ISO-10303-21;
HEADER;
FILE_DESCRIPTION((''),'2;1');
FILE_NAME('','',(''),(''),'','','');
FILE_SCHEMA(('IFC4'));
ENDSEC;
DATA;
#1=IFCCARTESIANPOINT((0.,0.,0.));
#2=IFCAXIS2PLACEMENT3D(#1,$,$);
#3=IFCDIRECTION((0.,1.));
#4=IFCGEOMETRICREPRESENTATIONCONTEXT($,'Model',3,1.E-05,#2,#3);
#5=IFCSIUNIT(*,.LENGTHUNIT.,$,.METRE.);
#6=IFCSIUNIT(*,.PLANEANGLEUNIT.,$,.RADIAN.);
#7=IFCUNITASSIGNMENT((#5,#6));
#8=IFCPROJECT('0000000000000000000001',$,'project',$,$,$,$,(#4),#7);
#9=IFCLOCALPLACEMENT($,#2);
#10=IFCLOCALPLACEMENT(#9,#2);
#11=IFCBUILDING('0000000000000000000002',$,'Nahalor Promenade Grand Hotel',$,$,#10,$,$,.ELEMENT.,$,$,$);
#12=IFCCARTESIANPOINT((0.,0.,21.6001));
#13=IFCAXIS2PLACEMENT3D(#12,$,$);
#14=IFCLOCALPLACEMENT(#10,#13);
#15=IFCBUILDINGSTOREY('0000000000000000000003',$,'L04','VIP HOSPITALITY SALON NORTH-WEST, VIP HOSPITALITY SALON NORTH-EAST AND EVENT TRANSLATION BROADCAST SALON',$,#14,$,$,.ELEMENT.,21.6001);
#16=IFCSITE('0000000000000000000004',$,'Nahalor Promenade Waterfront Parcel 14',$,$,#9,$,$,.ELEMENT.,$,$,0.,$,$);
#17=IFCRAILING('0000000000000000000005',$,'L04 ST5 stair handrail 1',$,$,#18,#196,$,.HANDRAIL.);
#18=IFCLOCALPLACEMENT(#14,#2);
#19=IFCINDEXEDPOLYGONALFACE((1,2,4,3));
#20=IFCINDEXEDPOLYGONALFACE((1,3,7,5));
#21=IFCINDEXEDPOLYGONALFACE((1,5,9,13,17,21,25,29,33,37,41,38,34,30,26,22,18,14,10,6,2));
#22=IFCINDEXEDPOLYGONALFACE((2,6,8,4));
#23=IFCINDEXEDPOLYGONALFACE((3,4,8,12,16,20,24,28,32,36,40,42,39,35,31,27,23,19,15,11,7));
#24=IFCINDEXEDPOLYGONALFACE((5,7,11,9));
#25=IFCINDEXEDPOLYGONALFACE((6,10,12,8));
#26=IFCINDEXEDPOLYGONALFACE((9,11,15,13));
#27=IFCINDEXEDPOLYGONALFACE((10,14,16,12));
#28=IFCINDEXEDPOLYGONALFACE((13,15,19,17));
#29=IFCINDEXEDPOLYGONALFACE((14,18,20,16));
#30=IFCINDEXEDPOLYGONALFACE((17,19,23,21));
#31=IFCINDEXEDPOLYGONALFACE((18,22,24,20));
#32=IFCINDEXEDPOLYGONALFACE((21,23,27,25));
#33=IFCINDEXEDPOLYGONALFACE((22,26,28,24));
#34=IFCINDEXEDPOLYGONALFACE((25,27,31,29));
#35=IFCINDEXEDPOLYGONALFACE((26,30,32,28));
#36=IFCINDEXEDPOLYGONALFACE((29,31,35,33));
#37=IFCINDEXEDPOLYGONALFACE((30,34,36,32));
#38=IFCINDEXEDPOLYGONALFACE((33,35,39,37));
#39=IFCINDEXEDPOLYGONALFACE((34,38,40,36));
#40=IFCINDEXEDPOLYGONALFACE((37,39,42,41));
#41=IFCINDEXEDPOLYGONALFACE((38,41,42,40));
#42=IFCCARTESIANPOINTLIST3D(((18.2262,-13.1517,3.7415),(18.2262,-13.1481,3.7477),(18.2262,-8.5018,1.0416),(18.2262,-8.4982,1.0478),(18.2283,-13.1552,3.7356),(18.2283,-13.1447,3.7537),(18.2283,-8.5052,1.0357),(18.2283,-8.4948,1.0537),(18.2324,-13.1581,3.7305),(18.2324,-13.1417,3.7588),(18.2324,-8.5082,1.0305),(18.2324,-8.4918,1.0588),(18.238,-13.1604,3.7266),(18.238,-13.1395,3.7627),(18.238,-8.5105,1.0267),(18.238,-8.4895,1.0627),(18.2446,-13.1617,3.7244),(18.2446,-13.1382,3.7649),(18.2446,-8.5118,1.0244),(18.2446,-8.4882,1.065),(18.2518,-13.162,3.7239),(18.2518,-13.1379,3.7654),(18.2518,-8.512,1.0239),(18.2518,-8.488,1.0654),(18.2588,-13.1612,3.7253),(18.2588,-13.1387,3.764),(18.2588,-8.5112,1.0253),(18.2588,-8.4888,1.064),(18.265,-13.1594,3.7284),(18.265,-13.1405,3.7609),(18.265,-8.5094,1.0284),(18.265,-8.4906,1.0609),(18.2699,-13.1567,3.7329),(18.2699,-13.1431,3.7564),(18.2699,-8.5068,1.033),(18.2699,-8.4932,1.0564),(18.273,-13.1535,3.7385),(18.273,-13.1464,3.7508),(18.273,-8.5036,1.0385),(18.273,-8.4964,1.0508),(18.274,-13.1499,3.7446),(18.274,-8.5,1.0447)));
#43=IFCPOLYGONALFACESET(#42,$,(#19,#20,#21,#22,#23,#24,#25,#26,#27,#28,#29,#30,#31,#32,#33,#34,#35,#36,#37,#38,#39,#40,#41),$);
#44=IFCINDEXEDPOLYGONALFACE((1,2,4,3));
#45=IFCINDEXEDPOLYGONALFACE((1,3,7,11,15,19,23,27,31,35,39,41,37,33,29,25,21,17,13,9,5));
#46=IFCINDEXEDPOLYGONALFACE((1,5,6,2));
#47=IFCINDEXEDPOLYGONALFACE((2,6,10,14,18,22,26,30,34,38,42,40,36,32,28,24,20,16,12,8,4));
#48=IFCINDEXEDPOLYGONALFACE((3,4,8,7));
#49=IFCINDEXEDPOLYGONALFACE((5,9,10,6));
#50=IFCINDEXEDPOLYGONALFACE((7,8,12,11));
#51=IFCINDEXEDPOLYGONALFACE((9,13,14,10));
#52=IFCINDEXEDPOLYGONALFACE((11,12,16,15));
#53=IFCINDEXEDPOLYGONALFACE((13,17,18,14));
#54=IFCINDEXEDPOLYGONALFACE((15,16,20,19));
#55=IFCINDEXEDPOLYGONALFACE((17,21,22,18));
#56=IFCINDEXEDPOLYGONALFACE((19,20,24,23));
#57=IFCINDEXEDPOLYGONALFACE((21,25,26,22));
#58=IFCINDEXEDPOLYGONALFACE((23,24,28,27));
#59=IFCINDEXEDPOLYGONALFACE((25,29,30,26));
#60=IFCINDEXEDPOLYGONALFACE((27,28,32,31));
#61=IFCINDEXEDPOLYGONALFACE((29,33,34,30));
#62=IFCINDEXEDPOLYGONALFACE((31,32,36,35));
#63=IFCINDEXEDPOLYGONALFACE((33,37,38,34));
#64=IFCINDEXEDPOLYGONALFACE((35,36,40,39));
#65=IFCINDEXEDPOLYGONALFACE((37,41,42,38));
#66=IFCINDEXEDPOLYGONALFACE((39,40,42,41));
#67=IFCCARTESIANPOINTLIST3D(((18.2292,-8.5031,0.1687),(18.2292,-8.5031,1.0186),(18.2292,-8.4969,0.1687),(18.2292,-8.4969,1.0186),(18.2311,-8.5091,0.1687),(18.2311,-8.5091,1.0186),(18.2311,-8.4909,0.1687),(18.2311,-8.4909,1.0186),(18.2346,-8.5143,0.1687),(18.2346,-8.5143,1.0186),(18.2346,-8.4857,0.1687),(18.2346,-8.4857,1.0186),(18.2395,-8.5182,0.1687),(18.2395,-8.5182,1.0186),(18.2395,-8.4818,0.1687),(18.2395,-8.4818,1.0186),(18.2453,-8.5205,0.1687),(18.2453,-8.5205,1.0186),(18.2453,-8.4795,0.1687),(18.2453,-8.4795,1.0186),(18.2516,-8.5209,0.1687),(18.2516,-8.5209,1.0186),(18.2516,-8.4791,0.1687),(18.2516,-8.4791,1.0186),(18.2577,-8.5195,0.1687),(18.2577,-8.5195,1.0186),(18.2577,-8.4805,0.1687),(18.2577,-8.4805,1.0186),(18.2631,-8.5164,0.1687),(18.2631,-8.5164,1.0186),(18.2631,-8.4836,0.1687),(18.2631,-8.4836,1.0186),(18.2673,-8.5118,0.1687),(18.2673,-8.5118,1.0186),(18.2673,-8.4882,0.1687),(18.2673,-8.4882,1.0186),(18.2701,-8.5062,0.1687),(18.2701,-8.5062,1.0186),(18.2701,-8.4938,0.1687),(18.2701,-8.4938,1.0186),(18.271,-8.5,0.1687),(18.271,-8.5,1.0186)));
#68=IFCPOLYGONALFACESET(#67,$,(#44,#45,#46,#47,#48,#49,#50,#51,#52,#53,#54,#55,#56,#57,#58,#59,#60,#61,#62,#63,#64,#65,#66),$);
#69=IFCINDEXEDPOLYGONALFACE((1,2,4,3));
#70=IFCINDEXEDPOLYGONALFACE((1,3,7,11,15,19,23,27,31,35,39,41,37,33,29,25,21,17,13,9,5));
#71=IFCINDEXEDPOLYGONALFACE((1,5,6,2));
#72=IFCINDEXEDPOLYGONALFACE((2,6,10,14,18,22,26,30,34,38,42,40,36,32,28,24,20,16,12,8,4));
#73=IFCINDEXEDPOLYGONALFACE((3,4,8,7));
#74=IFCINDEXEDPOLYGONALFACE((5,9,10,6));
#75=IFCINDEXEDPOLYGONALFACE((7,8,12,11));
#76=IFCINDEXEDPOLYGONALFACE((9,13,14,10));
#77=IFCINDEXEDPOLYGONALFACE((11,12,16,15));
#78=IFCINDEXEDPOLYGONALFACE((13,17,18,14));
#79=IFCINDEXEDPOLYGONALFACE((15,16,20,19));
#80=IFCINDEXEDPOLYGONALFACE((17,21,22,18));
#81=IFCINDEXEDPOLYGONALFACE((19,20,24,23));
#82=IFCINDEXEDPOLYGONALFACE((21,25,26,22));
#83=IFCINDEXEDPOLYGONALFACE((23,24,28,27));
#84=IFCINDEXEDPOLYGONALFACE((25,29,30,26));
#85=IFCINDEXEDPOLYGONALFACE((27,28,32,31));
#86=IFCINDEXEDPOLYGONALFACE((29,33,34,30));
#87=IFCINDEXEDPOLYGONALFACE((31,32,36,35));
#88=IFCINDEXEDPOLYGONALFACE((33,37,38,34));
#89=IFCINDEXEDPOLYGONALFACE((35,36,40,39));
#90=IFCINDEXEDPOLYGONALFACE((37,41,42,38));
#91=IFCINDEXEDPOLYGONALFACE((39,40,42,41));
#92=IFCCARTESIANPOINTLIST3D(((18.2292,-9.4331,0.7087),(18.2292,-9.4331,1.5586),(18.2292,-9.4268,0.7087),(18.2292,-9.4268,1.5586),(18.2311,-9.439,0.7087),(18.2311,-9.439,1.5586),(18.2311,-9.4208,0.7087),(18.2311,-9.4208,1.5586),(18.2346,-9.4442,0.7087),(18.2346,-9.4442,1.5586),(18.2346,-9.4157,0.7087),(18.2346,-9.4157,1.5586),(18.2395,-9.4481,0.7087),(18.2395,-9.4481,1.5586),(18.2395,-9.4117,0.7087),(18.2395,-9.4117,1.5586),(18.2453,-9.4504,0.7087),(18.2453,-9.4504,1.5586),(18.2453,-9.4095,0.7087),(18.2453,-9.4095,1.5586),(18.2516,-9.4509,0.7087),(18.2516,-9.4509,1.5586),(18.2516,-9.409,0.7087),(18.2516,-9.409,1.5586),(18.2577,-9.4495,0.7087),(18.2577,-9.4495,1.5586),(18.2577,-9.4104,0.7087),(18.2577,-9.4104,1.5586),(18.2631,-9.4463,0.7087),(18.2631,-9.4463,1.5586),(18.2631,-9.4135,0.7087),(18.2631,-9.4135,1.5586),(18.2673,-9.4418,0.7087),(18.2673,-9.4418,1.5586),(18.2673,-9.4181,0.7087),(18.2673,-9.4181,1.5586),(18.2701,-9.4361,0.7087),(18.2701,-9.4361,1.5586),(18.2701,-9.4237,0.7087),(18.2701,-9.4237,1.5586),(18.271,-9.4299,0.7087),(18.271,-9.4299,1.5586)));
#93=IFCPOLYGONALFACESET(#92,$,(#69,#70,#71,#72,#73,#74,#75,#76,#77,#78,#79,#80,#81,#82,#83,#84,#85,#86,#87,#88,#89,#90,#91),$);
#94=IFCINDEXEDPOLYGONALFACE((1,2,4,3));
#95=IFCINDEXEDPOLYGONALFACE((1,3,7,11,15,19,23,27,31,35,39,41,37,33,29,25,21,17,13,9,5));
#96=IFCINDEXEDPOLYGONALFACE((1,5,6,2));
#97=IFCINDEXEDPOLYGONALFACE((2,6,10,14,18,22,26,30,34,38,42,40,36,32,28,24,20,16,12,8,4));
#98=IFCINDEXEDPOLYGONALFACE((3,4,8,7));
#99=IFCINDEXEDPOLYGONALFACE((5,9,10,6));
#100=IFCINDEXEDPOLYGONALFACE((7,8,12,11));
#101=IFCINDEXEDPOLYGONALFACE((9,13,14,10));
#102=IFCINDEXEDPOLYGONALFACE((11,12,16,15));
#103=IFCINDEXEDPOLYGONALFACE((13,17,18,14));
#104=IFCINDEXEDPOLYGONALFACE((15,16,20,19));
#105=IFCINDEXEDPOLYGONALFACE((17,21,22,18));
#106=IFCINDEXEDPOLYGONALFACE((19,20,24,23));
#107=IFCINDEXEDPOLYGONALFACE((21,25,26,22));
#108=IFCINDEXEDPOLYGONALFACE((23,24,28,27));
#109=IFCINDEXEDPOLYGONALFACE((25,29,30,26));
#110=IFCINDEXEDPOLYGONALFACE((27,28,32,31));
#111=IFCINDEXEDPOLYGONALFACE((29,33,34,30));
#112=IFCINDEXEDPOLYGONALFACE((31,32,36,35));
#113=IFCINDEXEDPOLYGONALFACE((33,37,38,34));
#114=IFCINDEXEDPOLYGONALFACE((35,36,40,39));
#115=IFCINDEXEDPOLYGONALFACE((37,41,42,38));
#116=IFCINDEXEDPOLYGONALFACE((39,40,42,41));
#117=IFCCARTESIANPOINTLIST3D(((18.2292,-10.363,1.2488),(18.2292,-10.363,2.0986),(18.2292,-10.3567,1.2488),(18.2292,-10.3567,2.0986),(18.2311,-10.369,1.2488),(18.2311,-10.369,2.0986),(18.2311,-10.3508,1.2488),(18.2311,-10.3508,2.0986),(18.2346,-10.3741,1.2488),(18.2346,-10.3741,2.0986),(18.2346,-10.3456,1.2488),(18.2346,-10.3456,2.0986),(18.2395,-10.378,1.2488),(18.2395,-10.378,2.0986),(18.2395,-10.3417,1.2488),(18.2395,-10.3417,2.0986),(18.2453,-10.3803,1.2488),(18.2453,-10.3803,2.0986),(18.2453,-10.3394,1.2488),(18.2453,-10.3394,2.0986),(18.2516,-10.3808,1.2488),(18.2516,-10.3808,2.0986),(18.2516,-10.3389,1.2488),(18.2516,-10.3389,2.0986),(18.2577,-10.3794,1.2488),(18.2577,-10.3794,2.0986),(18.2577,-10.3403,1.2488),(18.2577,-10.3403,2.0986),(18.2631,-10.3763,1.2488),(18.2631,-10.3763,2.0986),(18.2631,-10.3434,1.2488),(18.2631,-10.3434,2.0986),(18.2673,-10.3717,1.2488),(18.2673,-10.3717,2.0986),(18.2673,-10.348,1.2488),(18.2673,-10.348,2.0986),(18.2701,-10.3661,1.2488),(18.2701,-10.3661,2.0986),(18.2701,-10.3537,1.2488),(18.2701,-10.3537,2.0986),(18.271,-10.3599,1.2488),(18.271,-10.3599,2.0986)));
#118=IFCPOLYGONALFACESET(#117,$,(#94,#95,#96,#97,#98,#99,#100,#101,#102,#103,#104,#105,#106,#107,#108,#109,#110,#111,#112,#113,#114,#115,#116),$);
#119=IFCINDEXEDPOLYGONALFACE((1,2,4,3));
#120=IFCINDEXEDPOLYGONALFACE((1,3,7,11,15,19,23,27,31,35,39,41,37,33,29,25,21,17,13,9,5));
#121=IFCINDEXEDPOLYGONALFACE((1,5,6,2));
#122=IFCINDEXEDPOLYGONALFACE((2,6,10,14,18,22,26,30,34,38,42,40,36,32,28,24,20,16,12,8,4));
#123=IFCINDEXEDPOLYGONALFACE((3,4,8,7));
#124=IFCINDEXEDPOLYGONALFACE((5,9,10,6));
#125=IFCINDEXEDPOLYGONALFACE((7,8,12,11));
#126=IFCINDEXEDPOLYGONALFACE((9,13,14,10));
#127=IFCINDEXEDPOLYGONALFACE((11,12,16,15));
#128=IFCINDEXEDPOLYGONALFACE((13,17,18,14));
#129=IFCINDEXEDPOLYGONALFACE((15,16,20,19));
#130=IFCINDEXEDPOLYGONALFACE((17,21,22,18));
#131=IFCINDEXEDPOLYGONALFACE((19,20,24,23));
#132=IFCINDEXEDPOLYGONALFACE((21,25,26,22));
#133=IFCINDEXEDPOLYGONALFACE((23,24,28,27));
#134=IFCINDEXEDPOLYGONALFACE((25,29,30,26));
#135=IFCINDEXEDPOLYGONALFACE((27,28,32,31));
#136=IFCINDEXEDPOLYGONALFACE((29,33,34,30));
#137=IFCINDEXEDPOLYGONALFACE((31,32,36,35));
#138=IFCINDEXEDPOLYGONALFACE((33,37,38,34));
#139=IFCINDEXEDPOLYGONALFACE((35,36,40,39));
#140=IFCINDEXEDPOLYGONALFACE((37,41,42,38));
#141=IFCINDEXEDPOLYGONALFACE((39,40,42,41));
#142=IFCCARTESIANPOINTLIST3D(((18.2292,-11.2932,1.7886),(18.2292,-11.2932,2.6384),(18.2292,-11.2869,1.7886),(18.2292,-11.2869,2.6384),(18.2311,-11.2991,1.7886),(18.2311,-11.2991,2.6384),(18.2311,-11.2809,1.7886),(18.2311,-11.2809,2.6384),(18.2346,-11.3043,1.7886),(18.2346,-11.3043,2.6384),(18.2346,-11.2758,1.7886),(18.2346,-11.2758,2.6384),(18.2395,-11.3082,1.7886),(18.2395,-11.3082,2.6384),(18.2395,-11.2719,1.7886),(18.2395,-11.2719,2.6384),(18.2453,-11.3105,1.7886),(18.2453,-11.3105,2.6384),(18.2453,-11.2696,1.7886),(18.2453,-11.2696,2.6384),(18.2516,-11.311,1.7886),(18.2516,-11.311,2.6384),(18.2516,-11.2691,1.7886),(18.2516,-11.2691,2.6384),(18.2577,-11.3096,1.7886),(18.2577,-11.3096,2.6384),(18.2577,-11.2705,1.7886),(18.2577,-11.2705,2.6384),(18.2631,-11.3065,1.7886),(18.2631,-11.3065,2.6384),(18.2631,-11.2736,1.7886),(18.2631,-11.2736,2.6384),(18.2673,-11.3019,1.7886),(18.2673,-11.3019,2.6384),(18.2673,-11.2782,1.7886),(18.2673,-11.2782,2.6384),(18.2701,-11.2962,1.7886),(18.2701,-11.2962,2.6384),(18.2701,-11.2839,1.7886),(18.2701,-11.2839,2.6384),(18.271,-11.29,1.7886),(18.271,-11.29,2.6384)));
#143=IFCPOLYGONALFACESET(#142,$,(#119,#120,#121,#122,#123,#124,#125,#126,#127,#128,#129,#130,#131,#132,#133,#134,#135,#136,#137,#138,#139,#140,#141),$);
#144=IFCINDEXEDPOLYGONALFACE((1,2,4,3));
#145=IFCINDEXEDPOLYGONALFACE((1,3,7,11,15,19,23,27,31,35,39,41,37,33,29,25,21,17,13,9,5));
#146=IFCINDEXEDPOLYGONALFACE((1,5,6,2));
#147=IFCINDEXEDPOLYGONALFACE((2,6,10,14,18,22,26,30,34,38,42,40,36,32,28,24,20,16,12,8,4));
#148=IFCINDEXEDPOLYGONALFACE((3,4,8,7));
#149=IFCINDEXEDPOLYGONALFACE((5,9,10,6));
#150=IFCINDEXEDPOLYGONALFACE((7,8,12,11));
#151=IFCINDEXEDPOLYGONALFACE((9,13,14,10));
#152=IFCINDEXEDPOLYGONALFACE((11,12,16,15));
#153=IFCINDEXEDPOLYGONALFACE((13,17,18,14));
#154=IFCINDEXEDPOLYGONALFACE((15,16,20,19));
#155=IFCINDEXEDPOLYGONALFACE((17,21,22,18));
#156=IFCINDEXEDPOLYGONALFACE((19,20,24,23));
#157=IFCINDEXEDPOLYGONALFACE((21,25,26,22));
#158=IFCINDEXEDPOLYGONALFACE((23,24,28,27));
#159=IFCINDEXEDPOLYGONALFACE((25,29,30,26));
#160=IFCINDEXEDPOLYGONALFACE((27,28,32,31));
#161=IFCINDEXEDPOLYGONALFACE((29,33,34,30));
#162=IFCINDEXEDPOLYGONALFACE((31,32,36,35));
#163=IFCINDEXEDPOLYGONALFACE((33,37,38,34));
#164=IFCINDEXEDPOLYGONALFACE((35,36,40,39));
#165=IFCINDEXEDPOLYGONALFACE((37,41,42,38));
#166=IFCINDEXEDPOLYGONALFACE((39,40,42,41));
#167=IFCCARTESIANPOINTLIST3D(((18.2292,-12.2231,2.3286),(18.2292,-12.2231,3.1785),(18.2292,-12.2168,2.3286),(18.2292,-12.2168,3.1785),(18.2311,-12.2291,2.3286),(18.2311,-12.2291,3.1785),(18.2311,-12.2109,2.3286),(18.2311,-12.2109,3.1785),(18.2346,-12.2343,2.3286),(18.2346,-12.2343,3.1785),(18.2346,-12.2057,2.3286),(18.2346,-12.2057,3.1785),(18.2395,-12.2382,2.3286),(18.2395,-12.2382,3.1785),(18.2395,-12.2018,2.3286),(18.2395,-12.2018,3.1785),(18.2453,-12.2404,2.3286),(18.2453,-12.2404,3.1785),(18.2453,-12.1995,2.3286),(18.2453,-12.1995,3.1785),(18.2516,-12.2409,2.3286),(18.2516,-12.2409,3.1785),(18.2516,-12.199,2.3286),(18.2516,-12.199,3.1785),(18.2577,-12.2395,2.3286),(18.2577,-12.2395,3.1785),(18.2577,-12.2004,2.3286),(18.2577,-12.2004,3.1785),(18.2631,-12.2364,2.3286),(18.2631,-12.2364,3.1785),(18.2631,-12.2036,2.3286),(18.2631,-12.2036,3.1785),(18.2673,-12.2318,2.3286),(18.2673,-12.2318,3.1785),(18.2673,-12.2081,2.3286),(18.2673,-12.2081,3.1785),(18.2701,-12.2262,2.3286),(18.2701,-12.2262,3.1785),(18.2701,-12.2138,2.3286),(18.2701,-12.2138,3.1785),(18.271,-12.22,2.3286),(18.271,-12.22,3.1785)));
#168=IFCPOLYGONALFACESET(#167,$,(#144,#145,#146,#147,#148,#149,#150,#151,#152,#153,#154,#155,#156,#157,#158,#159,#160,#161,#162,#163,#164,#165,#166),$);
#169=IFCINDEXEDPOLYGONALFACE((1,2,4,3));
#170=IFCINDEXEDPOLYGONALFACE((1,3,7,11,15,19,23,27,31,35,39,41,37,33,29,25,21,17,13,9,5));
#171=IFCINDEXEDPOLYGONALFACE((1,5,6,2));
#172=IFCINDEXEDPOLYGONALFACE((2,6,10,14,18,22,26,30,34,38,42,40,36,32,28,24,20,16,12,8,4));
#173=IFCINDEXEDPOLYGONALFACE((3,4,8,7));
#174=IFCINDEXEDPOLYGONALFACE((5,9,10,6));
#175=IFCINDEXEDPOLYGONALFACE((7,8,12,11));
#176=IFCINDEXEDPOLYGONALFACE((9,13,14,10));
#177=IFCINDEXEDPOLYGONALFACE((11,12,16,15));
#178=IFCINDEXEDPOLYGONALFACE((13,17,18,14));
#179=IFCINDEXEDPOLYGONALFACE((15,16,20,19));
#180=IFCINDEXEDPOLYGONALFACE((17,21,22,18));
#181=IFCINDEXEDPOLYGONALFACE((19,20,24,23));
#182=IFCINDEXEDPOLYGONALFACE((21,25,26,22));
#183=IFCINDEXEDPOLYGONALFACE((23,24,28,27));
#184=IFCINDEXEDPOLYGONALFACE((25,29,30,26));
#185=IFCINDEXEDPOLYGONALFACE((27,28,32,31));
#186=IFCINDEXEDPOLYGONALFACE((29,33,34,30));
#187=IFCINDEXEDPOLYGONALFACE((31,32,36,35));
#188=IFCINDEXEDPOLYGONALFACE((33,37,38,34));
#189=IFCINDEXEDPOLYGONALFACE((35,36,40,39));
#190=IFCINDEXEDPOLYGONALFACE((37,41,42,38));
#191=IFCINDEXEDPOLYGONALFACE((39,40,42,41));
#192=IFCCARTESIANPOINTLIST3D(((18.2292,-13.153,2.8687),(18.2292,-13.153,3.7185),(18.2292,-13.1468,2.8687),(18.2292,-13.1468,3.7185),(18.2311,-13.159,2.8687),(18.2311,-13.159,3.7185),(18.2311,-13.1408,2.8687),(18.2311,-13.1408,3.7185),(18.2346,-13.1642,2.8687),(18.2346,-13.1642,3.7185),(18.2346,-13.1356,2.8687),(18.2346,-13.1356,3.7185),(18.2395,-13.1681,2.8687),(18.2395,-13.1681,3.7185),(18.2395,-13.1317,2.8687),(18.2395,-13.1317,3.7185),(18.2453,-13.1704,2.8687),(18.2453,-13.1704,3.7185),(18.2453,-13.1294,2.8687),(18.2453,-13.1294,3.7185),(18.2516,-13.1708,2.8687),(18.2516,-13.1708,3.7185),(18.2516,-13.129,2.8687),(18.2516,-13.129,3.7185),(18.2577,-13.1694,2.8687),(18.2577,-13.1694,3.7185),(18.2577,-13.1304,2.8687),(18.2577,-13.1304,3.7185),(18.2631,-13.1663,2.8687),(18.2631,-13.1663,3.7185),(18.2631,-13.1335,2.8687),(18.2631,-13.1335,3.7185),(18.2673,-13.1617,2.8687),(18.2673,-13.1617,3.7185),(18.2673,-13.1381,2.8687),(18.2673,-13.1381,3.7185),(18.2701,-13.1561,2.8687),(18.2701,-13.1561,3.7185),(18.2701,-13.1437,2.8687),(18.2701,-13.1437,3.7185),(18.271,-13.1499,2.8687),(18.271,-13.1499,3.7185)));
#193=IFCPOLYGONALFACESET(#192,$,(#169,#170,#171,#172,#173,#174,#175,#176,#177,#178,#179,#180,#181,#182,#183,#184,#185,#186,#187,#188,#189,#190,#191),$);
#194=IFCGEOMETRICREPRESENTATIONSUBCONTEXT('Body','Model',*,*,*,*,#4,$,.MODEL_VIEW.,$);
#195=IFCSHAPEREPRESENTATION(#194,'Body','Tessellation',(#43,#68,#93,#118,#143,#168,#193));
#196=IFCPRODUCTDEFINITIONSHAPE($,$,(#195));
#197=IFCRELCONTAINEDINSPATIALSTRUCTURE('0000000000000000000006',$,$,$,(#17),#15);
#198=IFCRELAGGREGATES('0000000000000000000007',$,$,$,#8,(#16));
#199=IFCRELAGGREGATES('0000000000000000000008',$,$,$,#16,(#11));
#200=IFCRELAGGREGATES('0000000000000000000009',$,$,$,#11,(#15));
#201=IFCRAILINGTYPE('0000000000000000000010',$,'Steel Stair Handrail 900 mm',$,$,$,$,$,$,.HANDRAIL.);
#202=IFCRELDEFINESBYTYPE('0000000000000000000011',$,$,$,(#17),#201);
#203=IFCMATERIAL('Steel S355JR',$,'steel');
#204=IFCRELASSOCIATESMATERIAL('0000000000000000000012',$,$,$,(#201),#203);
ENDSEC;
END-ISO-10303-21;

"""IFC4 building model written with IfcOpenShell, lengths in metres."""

from ifc_helpers import new_model, si_unit, direction, frame, origin, origin_2d, place, context, subcontext, project, spatial, circle, extrude, material, type_object, element, save


model = new_model("IFC4")

# Units and contexts
model_context = context("Model", 3, precision=1e-05, world=origin(), true_north=direction((0.0, 1.0)))
body_context = subcontext(model_context, "Body", "Model", "MODEL_VIEW")
ifc_project = project(units=[si_unit("LENGTHUNIT", "METRE"), si_unit("PLANEANGLEUNIT", "RADIAN")], contexts=[model_context])

# Site, building, storey
site_placement = place(None, origin())
site = spatial("IfcSite", under=ifc_project, at=site_placement, Name="Nahalor Promenade Waterfront Parcel 14", CompositionType="ELEMENT", RefElevation=0.0)
building_placement = place(site_placement, origin())
building = spatial("IfcBuilding", under=site, at=building_placement, Name="Nahalor Promenade Grand Hotel", CompositionType="ELEMENT")
storey_placement = place(building_placement, frame((0.0, 0.0, 21.6001)))
storey = spatial("IfcBuildingStorey", under=building, at=storey_placement, Name="L04", Description="VIP HOSPITALITY SALON NORTH-WEST, VIP HOSPITALITY SALON NORTH-EAST AND EVENT TRANSLATION BROADCAST SALON", CompositionType="ELEMENT", Elevation=21.6001)

# Shared definitions
ifc_material_1 = material(Name="Steel S355JR", Category="steel")

# Railing
railing_type_1 = type_object("IfcRailingType", Name="Steel Stair Handrail 900 mm", PredefinedType="HANDRAIL", material=ifc_material_1)
railing_1_placement = place(storey_placement, frame((18.25, -8.5, 0.1687)))
element("IfcRailing", 1, at=railing_1_placement, inside=storey, type_object=railing_type_1, Name="L04 ST5 stair handrail 1", PredefinedType="HANDRAIL", context=body_context, shape_type="SweptSolid", body=[
    extrude(circle(Radius=0.024, at=origin_2d()), frame((0.0, 0.0, 0.876), z_axis=(0.0, -0.864788, 0.502137), x_axis=(1.0, 0.0, 0.0)), (0.0, 0.0, 1.0), 5.377),
    extrude(circle(Radius=0.021, at=origin_2d()), origin(), (0.0, 0.0, 1.0), 0.8499),
    extrude(circle(Radius=0.021, at=origin_2d()), frame((0.0, -0.9299, 0.54)), (0.0, 0.0, 1.0), 0.8499),
    extrude(circle(Radius=0.021, at=origin_2d()), frame((0.0, -1.8599, 1.0801)), (0.0, 0.0, 1.0), 0.8499),
    extrude(circle(Radius=0.021, at=origin_2d()), frame((0.0, -2.79, 1.6199)), (0.0, 0.0, 1.0), 0.8499),
    extrude(circle(Radius=0.021, at=origin_2d()), frame((0.0, -3.72, 2.1599)), (0.0, 0.0, 1.0), 0.8499),
    extrude(circle(Radius=0.021, at=origin_2d()), frame((0.0, -4.6499, 2.7)), (0.0, 0.0, 1.0), 0.8499),
])

save(model, "model.ifc")
